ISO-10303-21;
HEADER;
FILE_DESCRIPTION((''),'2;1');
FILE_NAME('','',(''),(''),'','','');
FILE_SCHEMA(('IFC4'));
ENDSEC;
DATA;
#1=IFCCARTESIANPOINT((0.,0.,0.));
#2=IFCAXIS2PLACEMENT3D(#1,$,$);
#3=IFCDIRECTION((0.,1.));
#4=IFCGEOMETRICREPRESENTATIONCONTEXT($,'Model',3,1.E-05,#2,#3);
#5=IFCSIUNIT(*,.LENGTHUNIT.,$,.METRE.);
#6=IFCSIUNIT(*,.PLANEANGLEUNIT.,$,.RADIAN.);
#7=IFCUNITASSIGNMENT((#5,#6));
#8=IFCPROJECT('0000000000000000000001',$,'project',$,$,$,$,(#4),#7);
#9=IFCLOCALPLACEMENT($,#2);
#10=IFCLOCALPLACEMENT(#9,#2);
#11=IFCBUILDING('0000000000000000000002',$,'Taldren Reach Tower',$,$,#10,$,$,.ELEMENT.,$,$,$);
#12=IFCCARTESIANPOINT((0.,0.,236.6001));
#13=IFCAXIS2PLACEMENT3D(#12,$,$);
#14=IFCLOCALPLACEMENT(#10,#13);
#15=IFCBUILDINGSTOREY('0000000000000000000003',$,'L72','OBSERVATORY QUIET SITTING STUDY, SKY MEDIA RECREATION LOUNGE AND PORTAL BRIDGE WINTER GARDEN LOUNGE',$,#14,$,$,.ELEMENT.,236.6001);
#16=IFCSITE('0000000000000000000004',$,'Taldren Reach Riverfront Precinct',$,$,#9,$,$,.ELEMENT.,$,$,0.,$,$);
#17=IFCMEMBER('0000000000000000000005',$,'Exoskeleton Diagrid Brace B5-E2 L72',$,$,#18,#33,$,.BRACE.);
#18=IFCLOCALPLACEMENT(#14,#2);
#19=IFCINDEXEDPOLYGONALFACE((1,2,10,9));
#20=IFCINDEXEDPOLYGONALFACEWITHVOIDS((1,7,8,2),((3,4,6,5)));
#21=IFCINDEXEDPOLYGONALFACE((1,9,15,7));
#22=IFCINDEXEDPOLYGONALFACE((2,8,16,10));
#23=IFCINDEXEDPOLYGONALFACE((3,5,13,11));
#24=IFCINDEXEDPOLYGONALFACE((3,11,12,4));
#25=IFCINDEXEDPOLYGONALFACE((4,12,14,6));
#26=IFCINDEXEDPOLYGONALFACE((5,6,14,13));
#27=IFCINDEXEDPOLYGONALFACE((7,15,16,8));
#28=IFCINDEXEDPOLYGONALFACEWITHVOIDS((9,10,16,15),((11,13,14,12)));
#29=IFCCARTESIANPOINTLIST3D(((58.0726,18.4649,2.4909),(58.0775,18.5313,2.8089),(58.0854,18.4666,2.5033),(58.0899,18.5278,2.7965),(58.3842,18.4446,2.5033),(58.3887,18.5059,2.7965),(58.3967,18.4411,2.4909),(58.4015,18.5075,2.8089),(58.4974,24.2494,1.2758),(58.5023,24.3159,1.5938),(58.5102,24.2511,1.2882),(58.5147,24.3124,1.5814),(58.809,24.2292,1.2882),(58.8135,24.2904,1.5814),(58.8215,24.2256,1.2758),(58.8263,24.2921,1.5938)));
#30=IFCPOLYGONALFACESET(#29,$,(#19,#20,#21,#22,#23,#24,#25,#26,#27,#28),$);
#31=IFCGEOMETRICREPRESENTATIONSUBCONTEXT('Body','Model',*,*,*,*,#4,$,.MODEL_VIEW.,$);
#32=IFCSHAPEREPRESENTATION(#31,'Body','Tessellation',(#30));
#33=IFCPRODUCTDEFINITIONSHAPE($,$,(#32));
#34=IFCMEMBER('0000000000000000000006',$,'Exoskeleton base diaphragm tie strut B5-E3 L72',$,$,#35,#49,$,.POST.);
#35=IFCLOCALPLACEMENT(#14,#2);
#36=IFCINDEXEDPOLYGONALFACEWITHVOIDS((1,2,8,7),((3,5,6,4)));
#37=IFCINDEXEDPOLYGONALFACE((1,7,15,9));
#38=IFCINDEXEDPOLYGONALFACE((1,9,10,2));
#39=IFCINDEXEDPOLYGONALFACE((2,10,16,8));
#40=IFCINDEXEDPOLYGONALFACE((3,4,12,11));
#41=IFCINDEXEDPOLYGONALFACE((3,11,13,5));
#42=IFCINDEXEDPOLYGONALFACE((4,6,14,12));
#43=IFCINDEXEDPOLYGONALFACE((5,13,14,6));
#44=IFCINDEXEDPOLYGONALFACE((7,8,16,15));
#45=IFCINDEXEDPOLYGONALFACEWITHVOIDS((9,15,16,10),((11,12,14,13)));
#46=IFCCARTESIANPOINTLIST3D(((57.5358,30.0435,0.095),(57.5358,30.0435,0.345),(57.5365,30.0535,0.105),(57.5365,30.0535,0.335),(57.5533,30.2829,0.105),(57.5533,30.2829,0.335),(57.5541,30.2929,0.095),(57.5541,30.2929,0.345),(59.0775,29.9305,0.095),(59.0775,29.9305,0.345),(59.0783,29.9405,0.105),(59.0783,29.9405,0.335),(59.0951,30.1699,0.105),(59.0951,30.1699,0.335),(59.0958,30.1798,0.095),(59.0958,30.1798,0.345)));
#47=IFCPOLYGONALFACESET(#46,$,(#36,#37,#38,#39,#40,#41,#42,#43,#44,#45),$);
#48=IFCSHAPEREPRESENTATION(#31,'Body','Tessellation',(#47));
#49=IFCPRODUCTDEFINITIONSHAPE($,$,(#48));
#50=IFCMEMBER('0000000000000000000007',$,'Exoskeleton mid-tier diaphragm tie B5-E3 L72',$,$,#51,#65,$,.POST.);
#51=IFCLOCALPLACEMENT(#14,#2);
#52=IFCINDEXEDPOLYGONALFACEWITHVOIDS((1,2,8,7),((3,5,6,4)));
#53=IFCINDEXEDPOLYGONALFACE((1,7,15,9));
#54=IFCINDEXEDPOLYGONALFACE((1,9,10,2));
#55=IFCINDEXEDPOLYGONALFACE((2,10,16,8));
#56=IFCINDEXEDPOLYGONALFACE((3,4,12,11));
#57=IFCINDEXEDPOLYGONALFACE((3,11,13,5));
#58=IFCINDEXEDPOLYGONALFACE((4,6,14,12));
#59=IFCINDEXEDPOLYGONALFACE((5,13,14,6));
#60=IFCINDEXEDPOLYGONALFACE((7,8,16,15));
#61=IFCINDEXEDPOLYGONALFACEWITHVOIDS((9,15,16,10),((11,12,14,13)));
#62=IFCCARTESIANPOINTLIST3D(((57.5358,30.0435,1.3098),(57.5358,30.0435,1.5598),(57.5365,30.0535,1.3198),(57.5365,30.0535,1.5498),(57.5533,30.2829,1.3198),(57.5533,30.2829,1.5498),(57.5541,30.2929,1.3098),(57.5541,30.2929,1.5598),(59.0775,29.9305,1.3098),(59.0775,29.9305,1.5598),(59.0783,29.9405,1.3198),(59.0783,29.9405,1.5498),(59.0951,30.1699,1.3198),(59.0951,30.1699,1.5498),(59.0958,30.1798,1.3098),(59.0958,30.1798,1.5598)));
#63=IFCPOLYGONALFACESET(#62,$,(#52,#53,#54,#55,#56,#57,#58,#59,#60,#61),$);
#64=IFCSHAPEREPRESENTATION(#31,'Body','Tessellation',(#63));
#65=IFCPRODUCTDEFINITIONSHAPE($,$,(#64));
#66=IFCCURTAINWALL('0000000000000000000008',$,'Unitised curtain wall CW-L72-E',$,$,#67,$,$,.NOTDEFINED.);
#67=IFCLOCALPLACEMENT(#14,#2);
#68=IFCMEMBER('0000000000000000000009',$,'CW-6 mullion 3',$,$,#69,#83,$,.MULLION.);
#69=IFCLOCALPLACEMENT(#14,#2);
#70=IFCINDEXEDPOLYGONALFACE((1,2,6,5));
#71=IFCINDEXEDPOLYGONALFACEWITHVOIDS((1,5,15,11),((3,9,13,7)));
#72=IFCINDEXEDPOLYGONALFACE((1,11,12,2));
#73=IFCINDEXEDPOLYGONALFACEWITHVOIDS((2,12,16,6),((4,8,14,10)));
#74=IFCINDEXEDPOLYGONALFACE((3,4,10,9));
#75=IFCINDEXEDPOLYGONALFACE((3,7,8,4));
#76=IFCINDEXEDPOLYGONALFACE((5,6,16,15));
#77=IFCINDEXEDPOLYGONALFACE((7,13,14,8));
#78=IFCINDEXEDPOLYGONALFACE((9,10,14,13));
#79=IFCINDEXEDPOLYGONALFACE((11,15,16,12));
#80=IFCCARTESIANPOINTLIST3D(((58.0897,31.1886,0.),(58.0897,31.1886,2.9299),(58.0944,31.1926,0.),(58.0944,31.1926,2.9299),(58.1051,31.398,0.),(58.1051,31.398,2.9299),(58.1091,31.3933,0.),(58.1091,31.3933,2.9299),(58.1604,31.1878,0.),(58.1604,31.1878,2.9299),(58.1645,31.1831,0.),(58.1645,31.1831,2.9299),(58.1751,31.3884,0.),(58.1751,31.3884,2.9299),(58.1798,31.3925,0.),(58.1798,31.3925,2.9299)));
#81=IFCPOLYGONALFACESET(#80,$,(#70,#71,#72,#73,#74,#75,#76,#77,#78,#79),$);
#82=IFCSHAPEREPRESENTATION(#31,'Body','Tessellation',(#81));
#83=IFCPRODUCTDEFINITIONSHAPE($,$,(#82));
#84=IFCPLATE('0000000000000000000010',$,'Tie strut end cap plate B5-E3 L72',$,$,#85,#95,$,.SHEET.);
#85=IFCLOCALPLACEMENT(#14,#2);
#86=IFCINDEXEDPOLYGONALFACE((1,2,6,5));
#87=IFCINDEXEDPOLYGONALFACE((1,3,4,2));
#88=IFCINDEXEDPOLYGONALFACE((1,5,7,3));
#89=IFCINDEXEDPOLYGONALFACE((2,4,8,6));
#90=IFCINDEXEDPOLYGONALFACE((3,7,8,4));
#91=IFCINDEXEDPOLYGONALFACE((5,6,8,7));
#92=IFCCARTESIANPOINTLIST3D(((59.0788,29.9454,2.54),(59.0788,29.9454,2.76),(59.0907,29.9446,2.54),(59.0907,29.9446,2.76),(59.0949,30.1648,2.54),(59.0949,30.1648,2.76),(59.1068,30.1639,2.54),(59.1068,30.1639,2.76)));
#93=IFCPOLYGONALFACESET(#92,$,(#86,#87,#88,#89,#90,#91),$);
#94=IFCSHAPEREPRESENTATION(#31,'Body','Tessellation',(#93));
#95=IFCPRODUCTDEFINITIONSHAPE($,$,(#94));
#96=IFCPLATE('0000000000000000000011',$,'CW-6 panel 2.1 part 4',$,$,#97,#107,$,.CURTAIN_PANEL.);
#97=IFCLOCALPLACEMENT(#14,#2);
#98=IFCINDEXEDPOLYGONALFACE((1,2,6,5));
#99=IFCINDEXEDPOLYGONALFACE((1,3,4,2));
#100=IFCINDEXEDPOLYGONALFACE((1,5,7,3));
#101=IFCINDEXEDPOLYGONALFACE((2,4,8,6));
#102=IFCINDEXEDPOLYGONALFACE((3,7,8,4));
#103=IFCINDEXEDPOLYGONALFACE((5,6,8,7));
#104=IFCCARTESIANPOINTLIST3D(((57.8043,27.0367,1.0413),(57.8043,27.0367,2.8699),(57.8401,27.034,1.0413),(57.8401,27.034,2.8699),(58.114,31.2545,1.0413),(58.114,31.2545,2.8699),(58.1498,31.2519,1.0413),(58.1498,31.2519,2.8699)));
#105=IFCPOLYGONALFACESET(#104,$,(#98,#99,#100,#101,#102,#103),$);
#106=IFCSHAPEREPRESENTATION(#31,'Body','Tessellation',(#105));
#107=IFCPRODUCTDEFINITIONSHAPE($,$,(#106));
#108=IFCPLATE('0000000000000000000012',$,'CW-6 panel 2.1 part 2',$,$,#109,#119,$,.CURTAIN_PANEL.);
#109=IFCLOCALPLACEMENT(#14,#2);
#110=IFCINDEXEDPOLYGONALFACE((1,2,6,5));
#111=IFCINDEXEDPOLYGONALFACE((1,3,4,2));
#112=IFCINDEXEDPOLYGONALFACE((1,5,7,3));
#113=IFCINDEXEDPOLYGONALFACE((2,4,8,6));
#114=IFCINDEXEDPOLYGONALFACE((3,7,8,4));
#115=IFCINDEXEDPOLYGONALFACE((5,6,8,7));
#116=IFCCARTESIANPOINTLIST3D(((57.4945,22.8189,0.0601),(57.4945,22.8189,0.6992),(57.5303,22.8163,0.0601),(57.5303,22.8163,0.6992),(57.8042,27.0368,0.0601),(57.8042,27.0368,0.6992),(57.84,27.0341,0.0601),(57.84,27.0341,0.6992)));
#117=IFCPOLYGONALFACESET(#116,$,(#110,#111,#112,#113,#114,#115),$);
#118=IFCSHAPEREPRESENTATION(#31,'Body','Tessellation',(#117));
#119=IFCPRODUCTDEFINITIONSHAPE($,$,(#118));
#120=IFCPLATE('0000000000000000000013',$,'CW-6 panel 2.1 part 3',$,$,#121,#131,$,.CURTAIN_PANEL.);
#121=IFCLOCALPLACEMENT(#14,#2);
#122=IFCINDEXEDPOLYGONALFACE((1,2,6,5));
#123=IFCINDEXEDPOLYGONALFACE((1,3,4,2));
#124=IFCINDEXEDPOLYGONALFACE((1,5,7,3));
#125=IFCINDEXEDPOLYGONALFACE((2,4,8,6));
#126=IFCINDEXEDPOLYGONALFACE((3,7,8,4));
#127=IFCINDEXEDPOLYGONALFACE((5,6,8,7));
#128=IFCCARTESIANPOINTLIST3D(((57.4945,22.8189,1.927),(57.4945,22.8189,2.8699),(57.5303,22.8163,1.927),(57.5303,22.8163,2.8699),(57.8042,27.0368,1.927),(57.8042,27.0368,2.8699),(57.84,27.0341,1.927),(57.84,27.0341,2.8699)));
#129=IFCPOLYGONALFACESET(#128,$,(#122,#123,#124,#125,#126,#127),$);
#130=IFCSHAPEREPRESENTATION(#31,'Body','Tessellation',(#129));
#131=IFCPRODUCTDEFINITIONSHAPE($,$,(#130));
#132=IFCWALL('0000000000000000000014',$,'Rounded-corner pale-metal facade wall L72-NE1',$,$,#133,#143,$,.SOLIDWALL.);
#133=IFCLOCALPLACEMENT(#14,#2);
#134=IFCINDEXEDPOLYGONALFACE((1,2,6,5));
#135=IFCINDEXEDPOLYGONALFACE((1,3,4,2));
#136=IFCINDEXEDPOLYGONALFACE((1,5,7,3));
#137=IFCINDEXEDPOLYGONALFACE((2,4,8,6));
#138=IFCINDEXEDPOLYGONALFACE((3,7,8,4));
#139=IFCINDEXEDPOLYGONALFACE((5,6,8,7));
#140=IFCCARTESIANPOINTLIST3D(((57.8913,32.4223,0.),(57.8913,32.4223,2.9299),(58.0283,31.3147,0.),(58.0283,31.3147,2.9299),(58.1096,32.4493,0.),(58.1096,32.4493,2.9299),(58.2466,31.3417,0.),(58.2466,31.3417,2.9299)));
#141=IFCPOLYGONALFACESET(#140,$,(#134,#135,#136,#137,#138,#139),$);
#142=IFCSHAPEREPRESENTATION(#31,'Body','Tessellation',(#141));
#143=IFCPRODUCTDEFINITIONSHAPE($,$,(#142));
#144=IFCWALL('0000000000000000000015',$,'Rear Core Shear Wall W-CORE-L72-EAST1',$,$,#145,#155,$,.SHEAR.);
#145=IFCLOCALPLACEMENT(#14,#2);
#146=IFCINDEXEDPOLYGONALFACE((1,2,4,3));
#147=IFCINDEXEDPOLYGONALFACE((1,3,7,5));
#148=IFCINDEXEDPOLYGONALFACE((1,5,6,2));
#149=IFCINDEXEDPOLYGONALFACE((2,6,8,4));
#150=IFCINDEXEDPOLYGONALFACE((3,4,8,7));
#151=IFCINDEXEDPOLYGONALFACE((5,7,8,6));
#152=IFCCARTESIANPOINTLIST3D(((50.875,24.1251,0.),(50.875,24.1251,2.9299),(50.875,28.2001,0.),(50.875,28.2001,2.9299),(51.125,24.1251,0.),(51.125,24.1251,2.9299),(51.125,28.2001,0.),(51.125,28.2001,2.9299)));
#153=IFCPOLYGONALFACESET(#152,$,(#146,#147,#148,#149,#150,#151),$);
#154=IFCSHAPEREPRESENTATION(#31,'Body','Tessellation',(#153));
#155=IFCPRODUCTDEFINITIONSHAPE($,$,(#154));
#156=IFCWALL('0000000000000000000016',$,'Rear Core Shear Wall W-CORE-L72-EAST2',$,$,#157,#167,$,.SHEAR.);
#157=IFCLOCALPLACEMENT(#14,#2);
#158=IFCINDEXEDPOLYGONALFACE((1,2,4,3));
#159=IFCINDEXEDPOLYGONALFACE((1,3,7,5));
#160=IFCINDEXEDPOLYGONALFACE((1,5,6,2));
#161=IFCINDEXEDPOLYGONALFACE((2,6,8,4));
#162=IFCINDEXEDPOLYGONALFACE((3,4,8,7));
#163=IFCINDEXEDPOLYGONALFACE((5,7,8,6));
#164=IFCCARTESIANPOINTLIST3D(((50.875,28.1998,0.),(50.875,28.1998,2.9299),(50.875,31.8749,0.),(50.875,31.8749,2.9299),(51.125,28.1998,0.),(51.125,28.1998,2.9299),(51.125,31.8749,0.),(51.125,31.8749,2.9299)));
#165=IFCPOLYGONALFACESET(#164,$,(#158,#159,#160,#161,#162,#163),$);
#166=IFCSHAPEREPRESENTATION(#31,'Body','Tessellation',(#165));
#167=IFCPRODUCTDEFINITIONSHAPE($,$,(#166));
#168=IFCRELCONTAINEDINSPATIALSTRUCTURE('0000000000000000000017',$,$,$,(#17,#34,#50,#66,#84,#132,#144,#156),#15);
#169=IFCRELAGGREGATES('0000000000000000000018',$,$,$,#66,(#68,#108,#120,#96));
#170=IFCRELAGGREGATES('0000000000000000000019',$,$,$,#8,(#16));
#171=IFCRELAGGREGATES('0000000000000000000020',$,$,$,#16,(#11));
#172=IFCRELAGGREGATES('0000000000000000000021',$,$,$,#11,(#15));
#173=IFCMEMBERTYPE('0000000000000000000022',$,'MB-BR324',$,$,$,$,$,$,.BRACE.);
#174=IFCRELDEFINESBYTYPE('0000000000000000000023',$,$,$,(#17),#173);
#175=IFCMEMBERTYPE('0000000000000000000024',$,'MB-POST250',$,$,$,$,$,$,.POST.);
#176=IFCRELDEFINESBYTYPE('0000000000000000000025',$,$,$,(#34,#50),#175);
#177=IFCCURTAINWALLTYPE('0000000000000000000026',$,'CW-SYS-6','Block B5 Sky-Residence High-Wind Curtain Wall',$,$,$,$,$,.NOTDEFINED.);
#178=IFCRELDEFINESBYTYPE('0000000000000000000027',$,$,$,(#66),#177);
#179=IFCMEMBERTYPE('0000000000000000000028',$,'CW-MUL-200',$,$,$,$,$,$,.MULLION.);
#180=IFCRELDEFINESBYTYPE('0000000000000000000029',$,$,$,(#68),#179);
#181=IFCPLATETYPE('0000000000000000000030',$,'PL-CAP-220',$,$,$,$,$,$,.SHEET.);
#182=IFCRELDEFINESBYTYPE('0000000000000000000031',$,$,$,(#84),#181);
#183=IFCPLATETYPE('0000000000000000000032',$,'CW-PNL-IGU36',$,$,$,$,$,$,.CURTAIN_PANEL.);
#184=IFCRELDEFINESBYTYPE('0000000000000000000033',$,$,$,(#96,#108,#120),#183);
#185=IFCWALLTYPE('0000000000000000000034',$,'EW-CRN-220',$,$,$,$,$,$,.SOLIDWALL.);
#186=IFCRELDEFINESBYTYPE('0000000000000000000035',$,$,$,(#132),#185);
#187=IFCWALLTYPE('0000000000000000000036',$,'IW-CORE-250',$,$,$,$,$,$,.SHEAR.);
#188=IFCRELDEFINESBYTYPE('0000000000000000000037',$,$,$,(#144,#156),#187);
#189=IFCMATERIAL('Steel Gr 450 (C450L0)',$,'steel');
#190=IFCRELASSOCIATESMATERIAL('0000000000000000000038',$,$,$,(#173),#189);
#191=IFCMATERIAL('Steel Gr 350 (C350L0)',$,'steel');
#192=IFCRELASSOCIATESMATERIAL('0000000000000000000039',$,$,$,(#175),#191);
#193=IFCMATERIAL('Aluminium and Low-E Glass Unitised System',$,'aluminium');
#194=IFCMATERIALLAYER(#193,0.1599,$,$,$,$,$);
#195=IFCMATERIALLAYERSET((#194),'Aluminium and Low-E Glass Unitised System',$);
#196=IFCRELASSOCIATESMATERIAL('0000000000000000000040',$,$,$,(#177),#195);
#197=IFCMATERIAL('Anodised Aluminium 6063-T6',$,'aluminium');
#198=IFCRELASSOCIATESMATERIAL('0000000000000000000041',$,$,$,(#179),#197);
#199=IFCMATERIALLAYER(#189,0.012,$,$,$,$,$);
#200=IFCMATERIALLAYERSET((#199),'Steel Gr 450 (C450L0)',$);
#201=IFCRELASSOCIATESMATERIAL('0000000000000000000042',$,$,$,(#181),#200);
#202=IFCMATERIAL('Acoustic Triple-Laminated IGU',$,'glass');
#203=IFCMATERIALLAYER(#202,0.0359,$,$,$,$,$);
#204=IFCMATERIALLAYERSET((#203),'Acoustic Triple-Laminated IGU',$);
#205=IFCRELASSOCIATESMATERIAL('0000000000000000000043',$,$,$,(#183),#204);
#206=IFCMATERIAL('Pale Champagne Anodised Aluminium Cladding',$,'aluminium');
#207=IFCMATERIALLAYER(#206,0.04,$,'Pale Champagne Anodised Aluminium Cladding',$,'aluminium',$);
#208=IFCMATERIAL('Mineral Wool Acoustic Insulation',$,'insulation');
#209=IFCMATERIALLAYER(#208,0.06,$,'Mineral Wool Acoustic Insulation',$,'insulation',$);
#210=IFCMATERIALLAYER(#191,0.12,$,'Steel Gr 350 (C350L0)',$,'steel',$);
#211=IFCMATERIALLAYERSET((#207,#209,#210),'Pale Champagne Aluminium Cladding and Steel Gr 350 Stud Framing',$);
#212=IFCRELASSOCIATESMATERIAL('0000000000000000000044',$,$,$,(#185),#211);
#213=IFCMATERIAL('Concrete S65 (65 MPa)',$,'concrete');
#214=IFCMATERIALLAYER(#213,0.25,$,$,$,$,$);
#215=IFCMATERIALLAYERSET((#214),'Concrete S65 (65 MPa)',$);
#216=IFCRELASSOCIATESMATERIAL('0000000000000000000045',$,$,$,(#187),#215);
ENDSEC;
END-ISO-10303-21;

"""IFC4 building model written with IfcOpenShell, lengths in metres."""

from ifc_helpers import new_model, si_unit, direction, frame, frame_2d, origin, origin_2d, place, context, subcontext, project, spatial, rectangle, hollow_rectangle, extrude, source, transform, mapped, material, layer, layer_set, material_profile, profile_set, type_object, element, aggregate, save


model = new_model("IFC4")

# Units and contexts
model_context = context("Model", 3, precision=1e-05, world=origin(), true_north=direction((0.0, 1.0)))
body_context = subcontext(model_context, "Body", "Model", "MODEL_VIEW")
ifc_project = project(units=[si_unit("LENGTHUNIT", "METRE"), si_unit("PLANEANGLEUNIT", "RADIAN")], contexts=[model_context])

# Site, building, storey
site_placement = place(None, origin())
site = spatial("IfcSite", under=ifc_project, at=site_placement, Name="Taldren Reach Riverfront Precinct", CompositionType="ELEMENT", RefElevation=0.0)
building_placement = place(site_placement, origin())
building = spatial("IfcBuilding", under=site, at=building_placement, Name="Taldren Reach Tower", CompositionType="ELEMENT")
storey_placement = place(building_placement, frame((0.0, 0.0, 236.6001)))
storey = spatial("IfcBuildingStorey", under=building, at=storey_placement, Name="L72", Description="OBSERVATORY QUIET SITTING STUDY, SKY MEDIA RECREATION LOUNGE AND PORTAL BRIDGE WINTER GARDEN LOUNGE", CompositionType="ELEMENT", Elevation=236.6001)

# Shared definitions
ifc_material_1 = material(Name="Steel Gr 450 (C450L0)", Category="steel")

# Members
ifc_material_profile_1 = material_profile(ifc_material_1, hollow_rectangle(XDim=0.325, YDim=0.325, WallThickness=0.0127, at=origin_2d()), Name="325x325x12.7SHS")
ifc_profile_set_1 = profile_set([ifc_material_profile_1], Name="Steel Gr 450 (C450L0)")
member_type_1 = type_object("IfcMemberType", Name="MB-BR324", PredefinedType="BRACE", material=ifc_profile_set_1)
shared_shape_1 = source(origin(), body_context, "Body", "SweptSolid", [
    extrude(hollow_rectangle(XDim=0.325, YDim=0.325, WallThickness=0.0127, at=origin_2d()), origin(), (0.0, 0.0, 1.0), 5.926),
])
member_1_placement = place(storey_placement, frame((58.6619, 24.2708, 1.4348), z_axis=(-0.071686, -0.976123, 0.205046), x_axis=(0.997314, -0.073242, 0.0)))
element("IfcMember", 1, at=member_1_placement, inside=storey, type_object=member_type_1, Name="Exoskeleton Diagrid Brace B5-E2 L72", PredefinedType="BRACE", context=body_context, shape_type="MappedRepresentation", body=[
    mapped(shared_shape_1, transform((0.0, 0.0, 0.0), scale=1.0)),
])
ifc_material_2 = material(Name="Steel Gr 350 (C350L0)", Category="steel")
ifc_material_profile_2 = material_profile(ifc_material_2, hollow_rectangle(XDim=0.25, YDim=0.25, WallThickness=0.01, at=origin_2d()), Name="250x250x10.0SHS")
ifc_profile_set_2 = profile_set([ifc_material_profile_2], Name="Steel Gr 350 (C350L0)")
member_type_2 = type_object("IfcMemberType", Name="MB-POST250", PredefinedType="POST", material=ifc_profile_set_2)
shared_shape_2 = source(origin(), body_context, "Body", "SweptSolid", [
    extrude(hollow_rectangle(XDim=0.25, YDim=0.25, WallThickness=0.01, at=origin_2d()), origin(), (0.0, 0.0, 1.0), 1.5459),
])
for number, where, z_axis, x_axis, name in (
    (2, (57.5449, 30.1682, 0.22), (0.997323, -0.073121, 0.0), (0.073121, 0.997323, 0.0), "Exoskeleton base diaphragm tie strut B5-E3 L72"),
    (3, (57.5449, 30.1682, 1.4348), (0.997323, -0.073121, 0.0), (0.073121, 0.997323, 0.0), "Exoskeleton mid-tier diaphragm tie B5-E3 L72"),
):
    element("IfcMember", number, at=place(storey_placement, frame(where, z_axis=z_axis, x_axis=x_axis)), inside=storey, type_object=member_type_2, Name=name, PredefinedType="POST", context=body_context, shape_type="MappedRepresentation", body=[
        mapped(shared_shape_2, transform((0.0, 0.0, 0.0), scale=1.0)),
    ])

# Curtain wall, member
ifc_material_3 = material(Name="Aluminium and Low-E Glass Unitised System", Category="aluminium")
ifc_layer_1 = layer(ifc_material_3, 0.1599)
ifc_layer_set_1 = layer_set([ifc_layer_1], Name="Aluminium and Low-E Glass Unitised System")
curtain_wall_type = type_object("IfcCurtainWallType", Name="CW-SYS-6", Description="Block B5 Sky-Residence High-Wind Curtain Wall", PredefinedType="NOTDEFINED", material=ifc_layer_set_1)
curtain_wall_placement = place(storey_placement, origin())
curtain_wall = element("IfcCurtainWall", 4, at=curtain_wall_placement, inside=storey, type_object=curtain_wall_type, Name="Unitised curtain wall CW-L72-E", PredefinedType="NOTDEFINED")
ifc_material_4 = material(Name="Anodised Aluminium 6063-T6", Category="aluminium")
ifc_material_profile_3 = material_profile(ifc_material_4, hollow_rectangle(XDim=0.075, YDim=0.21, WallThickness=0.0044, at=origin_2d()), Name="ALU-210x75x4.5RHS")
ifc_profile_set_3 = profile_set([ifc_material_profile_3], Name="Anodised Aluminium 6063-T6")
member_type_3 = type_object("IfcMemberType", Name="CW-MUL-200", PredefinedType="MULLION", material=ifc_profile_set_3)
shared_shape_3 = source(origin(), body_context, "Body", "SweptSolid", [
    extrude(hollow_rectangle(XDim=0.075, YDim=0.21, WallThickness=0.0044, at=origin_2d()), origin(), (0.0, 0.0, 1.0), 2.9299),
])
member_2_placement = place(storey_placement, frame((58.1348, 31.2905, 0.0), z_axis=(0.0, 0.0, 1.0), x_axis=(-0.997314, 0.073238, 0.0)))
member_2 = element("IfcMember", 5, at=member_2_placement, type_object=member_type_3, Name="CW-6 mullion 3", PredefinedType="MULLION", context=body_context, shape_type="MappedRepresentation", body=[
    mapped(shared_shape_3, transform((0.0, 0.0, 0.0), scale=1.0)),
])

# Plates
ifc_layer_2 = layer(ifc_material_1, 0.012)
ifc_layer_set_2 = layer_set([ifc_layer_2], Name="Steel Gr 450 (C450L0)")
plate_type_1 = type_object("IfcPlateType", Name="PL-CAP-220", PredefinedType="SHEET", material=ifc_layer_set_2)
shared_shape_4 = source(origin(), body_context, "Body", "SweptSolid", [
    extrude(rectangle(XDim=0.012, YDim=0.22, at=origin_2d()), origin(), (0.0, 0.0, 1.0), 0.22),
])
plate_1_placement = place(storey_placement, frame((59.0928, 30.0547, 2.54), z_axis=(0.0, 0.0, 1.0), x_axis=(0.997314, -0.073238, 0.0)))
element("IfcPlate", 6, at=plate_1_placement, inside=storey, type_object=plate_type_1, Name="Tie strut end cap plate B5-E3 L72", PredefinedType="SHEET", context=body_context, shape_type="MappedRepresentation", body=[
    mapped(shared_shape_4, transform((0.0, 0.0, 0.0), scale=1.0)),
])
ifc_material_5 = material(Name="Acoustic Triple-Laminated IGU", Category="glass")
ifc_layer_3 = layer(ifc_material_5, 0.0359)
ifc_layer_set_3 = layer_set([ifc_layer_3], Name="Acoustic Triple-Laminated IGU")
plate_type_2 = type_object("IfcPlateType", Name="CW-PNL-IGU36", PredefinedType="CURTAIN_PANEL", material=ifc_layer_set_3)
shared_shape_5 = source(origin(), body_context, "Body", "SweptSolid", [
    extrude(rectangle(XDim=4.2292, YDim=0.0359, at=origin_2d()), origin(), (0.0, 0.0, 1.0), 1.8286),
])
plate_2_placement = place(storey_placement, frame((57.9771, 29.1443, 1.0413), z_axis=(0.0, 0.0, 1.0), x_axis=(0.073238, 0.997314, 0.0)))
plate_2 = element("IfcPlate", 7, at=plate_2_placement, type_object=plate_type_2, Name="CW-6 panel 2.1 part 4", PredefinedType="CURTAIN_PANEL", context=body_context, shape_type="MappedRepresentation", body=[
    mapped(shared_shape_5, transform((0.0, 0.0, 0.0), scale=1.0)),
])
shared_shape_6 = source(origin(), body_context, "Body", "SweptSolid", [
    extrude(rectangle(XDim=4.2292, YDim=0.0359, at=origin_2d()), origin(), (0.0, 0.0, 1.0), 0.6392),
])
plate_3_placement = place(storey_placement, frame((57.6672, 24.9265, 0.0601), z_axis=(0.0, 0.0, 1.0), x_axis=(0.073238, 0.997314, 0.0)))
plate_3 = element("IfcPlate", 8, at=plate_3_placement, type_object=plate_type_2, Name="CW-6 panel 2.1 part 2", PredefinedType="CURTAIN_PANEL", context=body_context, shape_type="MappedRepresentation", body=[
    mapped(shared_shape_6, transform((0.0, 0.0, 0.0), scale=1.0)),
])
shared_shape_7 = source(origin(), body_context, "Body", "SweptSolid", [
    extrude(rectangle(XDim=4.2292, YDim=0.0359, at=origin_2d()), origin(), (0.0, 0.0, 1.0), 0.9429),
])
plate_4_placement = place(storey_placement, frame((57.6672, 24.9265, 1.927), z_axis=(0.0, 0.0, 1.0), x_axis=(0.073238, 0.997314, 0.0)))
plate_4 = element("IfcPlate", 9, at=plate_4_placement, type_object=plate_type_2, Name="CW-6 panel 2.1 part 3", PredefinedType="CURTAIN_PANEL", context=body_context, shape_type="MappedRepresentation", body=[
    mapped(shared_shape_7, transform((0.0, 0.0, 0.0), scale=1.0)),
])
aggregate(curtain_wall, [member_2, plate_3, plate_4, plate_2])

# Walls
ifc_material_6 = material(Name="Pale Champagne Anodised Aluminium Cladding", Category="aluminium")
ifc_layer_4 = layer(ifc_material_6, 0.04, Name="Pale Champagne Anodised Aluminium Cladding", Category="aluminium")
ifc_material_7 = material(Name="Mineral Wool Acoustic Insulation", Category="insulation")
ifc_layer_5 = layer(ifc_material_7, 0.06, Name="Mineral Wool Acoustic Insulation", Category="insulation")
ifc_layer_6 = layer(ifc_material_2, 0.12, Name="Steel Gr 350 (C350L0)", Category="steel")
ifc_layer_set_4 = layer_set([ifc_layer_4, ifc_layer_5, ifc_layer_6], Name="Pale Champagne Aluminium Cladding and Steel Gr 350 Stud Framing")
wall_type_1 = type_object("IfcWallType", Name="EW-CRN-220", PredefinedType="SOLIDWALL", material=ifc_layer_set_4)
shared_shape_8 = source(origin(), body_context, "Body", "SweptSolid", [
    extrude(rectangle(XDim=1.116, YDim=0.22, at=frame_2d((0.5581, 0.0))), origin(), (0.0, 0.0, 1.0), 2.9299),
])
wall_1_placement = place(storey_placement, frame((58.1375, 31.3281, 0.0), z_axis=(0.0, 0.0, 1.0), x_axis=(-0.122742, 0.992439, 0.0)))
element("IfcWall", 10, at=wall_1_placement, inside=storey, type_object=wall_type_1, Name="Rounded-corner pale-metal facade wall L72-NE1", PredefinedType="SOLIDWALL", context=body_context, shape_type="MappedRepresentation", body=[
    mapped(shared_shape_8, transform((0.0, 0.0, 0.0), scale=1.0)),
])
ifc_material_8 = material(Name="Concrete S65 (65 MPa)", Category="concrete")
ifc_layer_7 = layer(ifc_material_8, 0.25)
ifc_layer_set_5 = layer_set([ifc_layer_7], Name="Concrete S65 (65 MPa)")
wall_type_2 = type_object("IfcWallType", Name="IW-CORE-250", PredefinedType="SHEAR", material=ifc_layer_set_5)
shared_shape_9 = source(origin(), body_context, "Body", "SweptSolid", [
    extrude(rectangle(XDim=4.075, YDim=0.25, at=frame_2d((2.0376, 0.0))), origin(), (0.0, 0.0, 1.0), 2.9299),
])
wall_2_placement = place(storey_placement, frame((51.0, 24.125, 0.0), z_axis=(0.0, 0.0, 1.0), x_axis=(0.0, 1.0, 0.0)))
element("IfcWall", 11, at=wall_2_placement, inside=storey, type_object=wall_type_2, Name="Rear Core Shear Wall W-CORE-L72-EAST1", PredefinedType="SHEAR", context=body_context, shape_type="MappedRepresentation", body=[
    mapped(shared_shape_9, transform((0.0, 0.0, 0.0), scale=1.0)),
])
shared_shape_10 = source(origin(), body_context, "Body", "SweptSolid", [
    extrude(rectangle(XDim=3.675, YDim=0.25, at=frame_2d((1.8374, 0.0))), origin(), (0.0, 0.0, 1.0), 2.9299),
])
wall_3_placement = place(storey_placement, frame((51.0, 28.2, 0.0), z_axis=(0.0, 0.0, 1.0), x_axis=(0.0, 1.0, 0.0)))
element("IfcWall", 12, at=wall_3_placement, inside=storey, type_object=wall_type_2, Name="Rear Core Shear Wall W-CORE-L72-EAST2", PredefinedType="SHEAR", context=body_context, shape_type="MappedRepresentation", body=[
    mapped(shared_shape_10, transform((0.0, 0.0, 0.0), scale=1.0)),
])

save(model, "model.ifc")
